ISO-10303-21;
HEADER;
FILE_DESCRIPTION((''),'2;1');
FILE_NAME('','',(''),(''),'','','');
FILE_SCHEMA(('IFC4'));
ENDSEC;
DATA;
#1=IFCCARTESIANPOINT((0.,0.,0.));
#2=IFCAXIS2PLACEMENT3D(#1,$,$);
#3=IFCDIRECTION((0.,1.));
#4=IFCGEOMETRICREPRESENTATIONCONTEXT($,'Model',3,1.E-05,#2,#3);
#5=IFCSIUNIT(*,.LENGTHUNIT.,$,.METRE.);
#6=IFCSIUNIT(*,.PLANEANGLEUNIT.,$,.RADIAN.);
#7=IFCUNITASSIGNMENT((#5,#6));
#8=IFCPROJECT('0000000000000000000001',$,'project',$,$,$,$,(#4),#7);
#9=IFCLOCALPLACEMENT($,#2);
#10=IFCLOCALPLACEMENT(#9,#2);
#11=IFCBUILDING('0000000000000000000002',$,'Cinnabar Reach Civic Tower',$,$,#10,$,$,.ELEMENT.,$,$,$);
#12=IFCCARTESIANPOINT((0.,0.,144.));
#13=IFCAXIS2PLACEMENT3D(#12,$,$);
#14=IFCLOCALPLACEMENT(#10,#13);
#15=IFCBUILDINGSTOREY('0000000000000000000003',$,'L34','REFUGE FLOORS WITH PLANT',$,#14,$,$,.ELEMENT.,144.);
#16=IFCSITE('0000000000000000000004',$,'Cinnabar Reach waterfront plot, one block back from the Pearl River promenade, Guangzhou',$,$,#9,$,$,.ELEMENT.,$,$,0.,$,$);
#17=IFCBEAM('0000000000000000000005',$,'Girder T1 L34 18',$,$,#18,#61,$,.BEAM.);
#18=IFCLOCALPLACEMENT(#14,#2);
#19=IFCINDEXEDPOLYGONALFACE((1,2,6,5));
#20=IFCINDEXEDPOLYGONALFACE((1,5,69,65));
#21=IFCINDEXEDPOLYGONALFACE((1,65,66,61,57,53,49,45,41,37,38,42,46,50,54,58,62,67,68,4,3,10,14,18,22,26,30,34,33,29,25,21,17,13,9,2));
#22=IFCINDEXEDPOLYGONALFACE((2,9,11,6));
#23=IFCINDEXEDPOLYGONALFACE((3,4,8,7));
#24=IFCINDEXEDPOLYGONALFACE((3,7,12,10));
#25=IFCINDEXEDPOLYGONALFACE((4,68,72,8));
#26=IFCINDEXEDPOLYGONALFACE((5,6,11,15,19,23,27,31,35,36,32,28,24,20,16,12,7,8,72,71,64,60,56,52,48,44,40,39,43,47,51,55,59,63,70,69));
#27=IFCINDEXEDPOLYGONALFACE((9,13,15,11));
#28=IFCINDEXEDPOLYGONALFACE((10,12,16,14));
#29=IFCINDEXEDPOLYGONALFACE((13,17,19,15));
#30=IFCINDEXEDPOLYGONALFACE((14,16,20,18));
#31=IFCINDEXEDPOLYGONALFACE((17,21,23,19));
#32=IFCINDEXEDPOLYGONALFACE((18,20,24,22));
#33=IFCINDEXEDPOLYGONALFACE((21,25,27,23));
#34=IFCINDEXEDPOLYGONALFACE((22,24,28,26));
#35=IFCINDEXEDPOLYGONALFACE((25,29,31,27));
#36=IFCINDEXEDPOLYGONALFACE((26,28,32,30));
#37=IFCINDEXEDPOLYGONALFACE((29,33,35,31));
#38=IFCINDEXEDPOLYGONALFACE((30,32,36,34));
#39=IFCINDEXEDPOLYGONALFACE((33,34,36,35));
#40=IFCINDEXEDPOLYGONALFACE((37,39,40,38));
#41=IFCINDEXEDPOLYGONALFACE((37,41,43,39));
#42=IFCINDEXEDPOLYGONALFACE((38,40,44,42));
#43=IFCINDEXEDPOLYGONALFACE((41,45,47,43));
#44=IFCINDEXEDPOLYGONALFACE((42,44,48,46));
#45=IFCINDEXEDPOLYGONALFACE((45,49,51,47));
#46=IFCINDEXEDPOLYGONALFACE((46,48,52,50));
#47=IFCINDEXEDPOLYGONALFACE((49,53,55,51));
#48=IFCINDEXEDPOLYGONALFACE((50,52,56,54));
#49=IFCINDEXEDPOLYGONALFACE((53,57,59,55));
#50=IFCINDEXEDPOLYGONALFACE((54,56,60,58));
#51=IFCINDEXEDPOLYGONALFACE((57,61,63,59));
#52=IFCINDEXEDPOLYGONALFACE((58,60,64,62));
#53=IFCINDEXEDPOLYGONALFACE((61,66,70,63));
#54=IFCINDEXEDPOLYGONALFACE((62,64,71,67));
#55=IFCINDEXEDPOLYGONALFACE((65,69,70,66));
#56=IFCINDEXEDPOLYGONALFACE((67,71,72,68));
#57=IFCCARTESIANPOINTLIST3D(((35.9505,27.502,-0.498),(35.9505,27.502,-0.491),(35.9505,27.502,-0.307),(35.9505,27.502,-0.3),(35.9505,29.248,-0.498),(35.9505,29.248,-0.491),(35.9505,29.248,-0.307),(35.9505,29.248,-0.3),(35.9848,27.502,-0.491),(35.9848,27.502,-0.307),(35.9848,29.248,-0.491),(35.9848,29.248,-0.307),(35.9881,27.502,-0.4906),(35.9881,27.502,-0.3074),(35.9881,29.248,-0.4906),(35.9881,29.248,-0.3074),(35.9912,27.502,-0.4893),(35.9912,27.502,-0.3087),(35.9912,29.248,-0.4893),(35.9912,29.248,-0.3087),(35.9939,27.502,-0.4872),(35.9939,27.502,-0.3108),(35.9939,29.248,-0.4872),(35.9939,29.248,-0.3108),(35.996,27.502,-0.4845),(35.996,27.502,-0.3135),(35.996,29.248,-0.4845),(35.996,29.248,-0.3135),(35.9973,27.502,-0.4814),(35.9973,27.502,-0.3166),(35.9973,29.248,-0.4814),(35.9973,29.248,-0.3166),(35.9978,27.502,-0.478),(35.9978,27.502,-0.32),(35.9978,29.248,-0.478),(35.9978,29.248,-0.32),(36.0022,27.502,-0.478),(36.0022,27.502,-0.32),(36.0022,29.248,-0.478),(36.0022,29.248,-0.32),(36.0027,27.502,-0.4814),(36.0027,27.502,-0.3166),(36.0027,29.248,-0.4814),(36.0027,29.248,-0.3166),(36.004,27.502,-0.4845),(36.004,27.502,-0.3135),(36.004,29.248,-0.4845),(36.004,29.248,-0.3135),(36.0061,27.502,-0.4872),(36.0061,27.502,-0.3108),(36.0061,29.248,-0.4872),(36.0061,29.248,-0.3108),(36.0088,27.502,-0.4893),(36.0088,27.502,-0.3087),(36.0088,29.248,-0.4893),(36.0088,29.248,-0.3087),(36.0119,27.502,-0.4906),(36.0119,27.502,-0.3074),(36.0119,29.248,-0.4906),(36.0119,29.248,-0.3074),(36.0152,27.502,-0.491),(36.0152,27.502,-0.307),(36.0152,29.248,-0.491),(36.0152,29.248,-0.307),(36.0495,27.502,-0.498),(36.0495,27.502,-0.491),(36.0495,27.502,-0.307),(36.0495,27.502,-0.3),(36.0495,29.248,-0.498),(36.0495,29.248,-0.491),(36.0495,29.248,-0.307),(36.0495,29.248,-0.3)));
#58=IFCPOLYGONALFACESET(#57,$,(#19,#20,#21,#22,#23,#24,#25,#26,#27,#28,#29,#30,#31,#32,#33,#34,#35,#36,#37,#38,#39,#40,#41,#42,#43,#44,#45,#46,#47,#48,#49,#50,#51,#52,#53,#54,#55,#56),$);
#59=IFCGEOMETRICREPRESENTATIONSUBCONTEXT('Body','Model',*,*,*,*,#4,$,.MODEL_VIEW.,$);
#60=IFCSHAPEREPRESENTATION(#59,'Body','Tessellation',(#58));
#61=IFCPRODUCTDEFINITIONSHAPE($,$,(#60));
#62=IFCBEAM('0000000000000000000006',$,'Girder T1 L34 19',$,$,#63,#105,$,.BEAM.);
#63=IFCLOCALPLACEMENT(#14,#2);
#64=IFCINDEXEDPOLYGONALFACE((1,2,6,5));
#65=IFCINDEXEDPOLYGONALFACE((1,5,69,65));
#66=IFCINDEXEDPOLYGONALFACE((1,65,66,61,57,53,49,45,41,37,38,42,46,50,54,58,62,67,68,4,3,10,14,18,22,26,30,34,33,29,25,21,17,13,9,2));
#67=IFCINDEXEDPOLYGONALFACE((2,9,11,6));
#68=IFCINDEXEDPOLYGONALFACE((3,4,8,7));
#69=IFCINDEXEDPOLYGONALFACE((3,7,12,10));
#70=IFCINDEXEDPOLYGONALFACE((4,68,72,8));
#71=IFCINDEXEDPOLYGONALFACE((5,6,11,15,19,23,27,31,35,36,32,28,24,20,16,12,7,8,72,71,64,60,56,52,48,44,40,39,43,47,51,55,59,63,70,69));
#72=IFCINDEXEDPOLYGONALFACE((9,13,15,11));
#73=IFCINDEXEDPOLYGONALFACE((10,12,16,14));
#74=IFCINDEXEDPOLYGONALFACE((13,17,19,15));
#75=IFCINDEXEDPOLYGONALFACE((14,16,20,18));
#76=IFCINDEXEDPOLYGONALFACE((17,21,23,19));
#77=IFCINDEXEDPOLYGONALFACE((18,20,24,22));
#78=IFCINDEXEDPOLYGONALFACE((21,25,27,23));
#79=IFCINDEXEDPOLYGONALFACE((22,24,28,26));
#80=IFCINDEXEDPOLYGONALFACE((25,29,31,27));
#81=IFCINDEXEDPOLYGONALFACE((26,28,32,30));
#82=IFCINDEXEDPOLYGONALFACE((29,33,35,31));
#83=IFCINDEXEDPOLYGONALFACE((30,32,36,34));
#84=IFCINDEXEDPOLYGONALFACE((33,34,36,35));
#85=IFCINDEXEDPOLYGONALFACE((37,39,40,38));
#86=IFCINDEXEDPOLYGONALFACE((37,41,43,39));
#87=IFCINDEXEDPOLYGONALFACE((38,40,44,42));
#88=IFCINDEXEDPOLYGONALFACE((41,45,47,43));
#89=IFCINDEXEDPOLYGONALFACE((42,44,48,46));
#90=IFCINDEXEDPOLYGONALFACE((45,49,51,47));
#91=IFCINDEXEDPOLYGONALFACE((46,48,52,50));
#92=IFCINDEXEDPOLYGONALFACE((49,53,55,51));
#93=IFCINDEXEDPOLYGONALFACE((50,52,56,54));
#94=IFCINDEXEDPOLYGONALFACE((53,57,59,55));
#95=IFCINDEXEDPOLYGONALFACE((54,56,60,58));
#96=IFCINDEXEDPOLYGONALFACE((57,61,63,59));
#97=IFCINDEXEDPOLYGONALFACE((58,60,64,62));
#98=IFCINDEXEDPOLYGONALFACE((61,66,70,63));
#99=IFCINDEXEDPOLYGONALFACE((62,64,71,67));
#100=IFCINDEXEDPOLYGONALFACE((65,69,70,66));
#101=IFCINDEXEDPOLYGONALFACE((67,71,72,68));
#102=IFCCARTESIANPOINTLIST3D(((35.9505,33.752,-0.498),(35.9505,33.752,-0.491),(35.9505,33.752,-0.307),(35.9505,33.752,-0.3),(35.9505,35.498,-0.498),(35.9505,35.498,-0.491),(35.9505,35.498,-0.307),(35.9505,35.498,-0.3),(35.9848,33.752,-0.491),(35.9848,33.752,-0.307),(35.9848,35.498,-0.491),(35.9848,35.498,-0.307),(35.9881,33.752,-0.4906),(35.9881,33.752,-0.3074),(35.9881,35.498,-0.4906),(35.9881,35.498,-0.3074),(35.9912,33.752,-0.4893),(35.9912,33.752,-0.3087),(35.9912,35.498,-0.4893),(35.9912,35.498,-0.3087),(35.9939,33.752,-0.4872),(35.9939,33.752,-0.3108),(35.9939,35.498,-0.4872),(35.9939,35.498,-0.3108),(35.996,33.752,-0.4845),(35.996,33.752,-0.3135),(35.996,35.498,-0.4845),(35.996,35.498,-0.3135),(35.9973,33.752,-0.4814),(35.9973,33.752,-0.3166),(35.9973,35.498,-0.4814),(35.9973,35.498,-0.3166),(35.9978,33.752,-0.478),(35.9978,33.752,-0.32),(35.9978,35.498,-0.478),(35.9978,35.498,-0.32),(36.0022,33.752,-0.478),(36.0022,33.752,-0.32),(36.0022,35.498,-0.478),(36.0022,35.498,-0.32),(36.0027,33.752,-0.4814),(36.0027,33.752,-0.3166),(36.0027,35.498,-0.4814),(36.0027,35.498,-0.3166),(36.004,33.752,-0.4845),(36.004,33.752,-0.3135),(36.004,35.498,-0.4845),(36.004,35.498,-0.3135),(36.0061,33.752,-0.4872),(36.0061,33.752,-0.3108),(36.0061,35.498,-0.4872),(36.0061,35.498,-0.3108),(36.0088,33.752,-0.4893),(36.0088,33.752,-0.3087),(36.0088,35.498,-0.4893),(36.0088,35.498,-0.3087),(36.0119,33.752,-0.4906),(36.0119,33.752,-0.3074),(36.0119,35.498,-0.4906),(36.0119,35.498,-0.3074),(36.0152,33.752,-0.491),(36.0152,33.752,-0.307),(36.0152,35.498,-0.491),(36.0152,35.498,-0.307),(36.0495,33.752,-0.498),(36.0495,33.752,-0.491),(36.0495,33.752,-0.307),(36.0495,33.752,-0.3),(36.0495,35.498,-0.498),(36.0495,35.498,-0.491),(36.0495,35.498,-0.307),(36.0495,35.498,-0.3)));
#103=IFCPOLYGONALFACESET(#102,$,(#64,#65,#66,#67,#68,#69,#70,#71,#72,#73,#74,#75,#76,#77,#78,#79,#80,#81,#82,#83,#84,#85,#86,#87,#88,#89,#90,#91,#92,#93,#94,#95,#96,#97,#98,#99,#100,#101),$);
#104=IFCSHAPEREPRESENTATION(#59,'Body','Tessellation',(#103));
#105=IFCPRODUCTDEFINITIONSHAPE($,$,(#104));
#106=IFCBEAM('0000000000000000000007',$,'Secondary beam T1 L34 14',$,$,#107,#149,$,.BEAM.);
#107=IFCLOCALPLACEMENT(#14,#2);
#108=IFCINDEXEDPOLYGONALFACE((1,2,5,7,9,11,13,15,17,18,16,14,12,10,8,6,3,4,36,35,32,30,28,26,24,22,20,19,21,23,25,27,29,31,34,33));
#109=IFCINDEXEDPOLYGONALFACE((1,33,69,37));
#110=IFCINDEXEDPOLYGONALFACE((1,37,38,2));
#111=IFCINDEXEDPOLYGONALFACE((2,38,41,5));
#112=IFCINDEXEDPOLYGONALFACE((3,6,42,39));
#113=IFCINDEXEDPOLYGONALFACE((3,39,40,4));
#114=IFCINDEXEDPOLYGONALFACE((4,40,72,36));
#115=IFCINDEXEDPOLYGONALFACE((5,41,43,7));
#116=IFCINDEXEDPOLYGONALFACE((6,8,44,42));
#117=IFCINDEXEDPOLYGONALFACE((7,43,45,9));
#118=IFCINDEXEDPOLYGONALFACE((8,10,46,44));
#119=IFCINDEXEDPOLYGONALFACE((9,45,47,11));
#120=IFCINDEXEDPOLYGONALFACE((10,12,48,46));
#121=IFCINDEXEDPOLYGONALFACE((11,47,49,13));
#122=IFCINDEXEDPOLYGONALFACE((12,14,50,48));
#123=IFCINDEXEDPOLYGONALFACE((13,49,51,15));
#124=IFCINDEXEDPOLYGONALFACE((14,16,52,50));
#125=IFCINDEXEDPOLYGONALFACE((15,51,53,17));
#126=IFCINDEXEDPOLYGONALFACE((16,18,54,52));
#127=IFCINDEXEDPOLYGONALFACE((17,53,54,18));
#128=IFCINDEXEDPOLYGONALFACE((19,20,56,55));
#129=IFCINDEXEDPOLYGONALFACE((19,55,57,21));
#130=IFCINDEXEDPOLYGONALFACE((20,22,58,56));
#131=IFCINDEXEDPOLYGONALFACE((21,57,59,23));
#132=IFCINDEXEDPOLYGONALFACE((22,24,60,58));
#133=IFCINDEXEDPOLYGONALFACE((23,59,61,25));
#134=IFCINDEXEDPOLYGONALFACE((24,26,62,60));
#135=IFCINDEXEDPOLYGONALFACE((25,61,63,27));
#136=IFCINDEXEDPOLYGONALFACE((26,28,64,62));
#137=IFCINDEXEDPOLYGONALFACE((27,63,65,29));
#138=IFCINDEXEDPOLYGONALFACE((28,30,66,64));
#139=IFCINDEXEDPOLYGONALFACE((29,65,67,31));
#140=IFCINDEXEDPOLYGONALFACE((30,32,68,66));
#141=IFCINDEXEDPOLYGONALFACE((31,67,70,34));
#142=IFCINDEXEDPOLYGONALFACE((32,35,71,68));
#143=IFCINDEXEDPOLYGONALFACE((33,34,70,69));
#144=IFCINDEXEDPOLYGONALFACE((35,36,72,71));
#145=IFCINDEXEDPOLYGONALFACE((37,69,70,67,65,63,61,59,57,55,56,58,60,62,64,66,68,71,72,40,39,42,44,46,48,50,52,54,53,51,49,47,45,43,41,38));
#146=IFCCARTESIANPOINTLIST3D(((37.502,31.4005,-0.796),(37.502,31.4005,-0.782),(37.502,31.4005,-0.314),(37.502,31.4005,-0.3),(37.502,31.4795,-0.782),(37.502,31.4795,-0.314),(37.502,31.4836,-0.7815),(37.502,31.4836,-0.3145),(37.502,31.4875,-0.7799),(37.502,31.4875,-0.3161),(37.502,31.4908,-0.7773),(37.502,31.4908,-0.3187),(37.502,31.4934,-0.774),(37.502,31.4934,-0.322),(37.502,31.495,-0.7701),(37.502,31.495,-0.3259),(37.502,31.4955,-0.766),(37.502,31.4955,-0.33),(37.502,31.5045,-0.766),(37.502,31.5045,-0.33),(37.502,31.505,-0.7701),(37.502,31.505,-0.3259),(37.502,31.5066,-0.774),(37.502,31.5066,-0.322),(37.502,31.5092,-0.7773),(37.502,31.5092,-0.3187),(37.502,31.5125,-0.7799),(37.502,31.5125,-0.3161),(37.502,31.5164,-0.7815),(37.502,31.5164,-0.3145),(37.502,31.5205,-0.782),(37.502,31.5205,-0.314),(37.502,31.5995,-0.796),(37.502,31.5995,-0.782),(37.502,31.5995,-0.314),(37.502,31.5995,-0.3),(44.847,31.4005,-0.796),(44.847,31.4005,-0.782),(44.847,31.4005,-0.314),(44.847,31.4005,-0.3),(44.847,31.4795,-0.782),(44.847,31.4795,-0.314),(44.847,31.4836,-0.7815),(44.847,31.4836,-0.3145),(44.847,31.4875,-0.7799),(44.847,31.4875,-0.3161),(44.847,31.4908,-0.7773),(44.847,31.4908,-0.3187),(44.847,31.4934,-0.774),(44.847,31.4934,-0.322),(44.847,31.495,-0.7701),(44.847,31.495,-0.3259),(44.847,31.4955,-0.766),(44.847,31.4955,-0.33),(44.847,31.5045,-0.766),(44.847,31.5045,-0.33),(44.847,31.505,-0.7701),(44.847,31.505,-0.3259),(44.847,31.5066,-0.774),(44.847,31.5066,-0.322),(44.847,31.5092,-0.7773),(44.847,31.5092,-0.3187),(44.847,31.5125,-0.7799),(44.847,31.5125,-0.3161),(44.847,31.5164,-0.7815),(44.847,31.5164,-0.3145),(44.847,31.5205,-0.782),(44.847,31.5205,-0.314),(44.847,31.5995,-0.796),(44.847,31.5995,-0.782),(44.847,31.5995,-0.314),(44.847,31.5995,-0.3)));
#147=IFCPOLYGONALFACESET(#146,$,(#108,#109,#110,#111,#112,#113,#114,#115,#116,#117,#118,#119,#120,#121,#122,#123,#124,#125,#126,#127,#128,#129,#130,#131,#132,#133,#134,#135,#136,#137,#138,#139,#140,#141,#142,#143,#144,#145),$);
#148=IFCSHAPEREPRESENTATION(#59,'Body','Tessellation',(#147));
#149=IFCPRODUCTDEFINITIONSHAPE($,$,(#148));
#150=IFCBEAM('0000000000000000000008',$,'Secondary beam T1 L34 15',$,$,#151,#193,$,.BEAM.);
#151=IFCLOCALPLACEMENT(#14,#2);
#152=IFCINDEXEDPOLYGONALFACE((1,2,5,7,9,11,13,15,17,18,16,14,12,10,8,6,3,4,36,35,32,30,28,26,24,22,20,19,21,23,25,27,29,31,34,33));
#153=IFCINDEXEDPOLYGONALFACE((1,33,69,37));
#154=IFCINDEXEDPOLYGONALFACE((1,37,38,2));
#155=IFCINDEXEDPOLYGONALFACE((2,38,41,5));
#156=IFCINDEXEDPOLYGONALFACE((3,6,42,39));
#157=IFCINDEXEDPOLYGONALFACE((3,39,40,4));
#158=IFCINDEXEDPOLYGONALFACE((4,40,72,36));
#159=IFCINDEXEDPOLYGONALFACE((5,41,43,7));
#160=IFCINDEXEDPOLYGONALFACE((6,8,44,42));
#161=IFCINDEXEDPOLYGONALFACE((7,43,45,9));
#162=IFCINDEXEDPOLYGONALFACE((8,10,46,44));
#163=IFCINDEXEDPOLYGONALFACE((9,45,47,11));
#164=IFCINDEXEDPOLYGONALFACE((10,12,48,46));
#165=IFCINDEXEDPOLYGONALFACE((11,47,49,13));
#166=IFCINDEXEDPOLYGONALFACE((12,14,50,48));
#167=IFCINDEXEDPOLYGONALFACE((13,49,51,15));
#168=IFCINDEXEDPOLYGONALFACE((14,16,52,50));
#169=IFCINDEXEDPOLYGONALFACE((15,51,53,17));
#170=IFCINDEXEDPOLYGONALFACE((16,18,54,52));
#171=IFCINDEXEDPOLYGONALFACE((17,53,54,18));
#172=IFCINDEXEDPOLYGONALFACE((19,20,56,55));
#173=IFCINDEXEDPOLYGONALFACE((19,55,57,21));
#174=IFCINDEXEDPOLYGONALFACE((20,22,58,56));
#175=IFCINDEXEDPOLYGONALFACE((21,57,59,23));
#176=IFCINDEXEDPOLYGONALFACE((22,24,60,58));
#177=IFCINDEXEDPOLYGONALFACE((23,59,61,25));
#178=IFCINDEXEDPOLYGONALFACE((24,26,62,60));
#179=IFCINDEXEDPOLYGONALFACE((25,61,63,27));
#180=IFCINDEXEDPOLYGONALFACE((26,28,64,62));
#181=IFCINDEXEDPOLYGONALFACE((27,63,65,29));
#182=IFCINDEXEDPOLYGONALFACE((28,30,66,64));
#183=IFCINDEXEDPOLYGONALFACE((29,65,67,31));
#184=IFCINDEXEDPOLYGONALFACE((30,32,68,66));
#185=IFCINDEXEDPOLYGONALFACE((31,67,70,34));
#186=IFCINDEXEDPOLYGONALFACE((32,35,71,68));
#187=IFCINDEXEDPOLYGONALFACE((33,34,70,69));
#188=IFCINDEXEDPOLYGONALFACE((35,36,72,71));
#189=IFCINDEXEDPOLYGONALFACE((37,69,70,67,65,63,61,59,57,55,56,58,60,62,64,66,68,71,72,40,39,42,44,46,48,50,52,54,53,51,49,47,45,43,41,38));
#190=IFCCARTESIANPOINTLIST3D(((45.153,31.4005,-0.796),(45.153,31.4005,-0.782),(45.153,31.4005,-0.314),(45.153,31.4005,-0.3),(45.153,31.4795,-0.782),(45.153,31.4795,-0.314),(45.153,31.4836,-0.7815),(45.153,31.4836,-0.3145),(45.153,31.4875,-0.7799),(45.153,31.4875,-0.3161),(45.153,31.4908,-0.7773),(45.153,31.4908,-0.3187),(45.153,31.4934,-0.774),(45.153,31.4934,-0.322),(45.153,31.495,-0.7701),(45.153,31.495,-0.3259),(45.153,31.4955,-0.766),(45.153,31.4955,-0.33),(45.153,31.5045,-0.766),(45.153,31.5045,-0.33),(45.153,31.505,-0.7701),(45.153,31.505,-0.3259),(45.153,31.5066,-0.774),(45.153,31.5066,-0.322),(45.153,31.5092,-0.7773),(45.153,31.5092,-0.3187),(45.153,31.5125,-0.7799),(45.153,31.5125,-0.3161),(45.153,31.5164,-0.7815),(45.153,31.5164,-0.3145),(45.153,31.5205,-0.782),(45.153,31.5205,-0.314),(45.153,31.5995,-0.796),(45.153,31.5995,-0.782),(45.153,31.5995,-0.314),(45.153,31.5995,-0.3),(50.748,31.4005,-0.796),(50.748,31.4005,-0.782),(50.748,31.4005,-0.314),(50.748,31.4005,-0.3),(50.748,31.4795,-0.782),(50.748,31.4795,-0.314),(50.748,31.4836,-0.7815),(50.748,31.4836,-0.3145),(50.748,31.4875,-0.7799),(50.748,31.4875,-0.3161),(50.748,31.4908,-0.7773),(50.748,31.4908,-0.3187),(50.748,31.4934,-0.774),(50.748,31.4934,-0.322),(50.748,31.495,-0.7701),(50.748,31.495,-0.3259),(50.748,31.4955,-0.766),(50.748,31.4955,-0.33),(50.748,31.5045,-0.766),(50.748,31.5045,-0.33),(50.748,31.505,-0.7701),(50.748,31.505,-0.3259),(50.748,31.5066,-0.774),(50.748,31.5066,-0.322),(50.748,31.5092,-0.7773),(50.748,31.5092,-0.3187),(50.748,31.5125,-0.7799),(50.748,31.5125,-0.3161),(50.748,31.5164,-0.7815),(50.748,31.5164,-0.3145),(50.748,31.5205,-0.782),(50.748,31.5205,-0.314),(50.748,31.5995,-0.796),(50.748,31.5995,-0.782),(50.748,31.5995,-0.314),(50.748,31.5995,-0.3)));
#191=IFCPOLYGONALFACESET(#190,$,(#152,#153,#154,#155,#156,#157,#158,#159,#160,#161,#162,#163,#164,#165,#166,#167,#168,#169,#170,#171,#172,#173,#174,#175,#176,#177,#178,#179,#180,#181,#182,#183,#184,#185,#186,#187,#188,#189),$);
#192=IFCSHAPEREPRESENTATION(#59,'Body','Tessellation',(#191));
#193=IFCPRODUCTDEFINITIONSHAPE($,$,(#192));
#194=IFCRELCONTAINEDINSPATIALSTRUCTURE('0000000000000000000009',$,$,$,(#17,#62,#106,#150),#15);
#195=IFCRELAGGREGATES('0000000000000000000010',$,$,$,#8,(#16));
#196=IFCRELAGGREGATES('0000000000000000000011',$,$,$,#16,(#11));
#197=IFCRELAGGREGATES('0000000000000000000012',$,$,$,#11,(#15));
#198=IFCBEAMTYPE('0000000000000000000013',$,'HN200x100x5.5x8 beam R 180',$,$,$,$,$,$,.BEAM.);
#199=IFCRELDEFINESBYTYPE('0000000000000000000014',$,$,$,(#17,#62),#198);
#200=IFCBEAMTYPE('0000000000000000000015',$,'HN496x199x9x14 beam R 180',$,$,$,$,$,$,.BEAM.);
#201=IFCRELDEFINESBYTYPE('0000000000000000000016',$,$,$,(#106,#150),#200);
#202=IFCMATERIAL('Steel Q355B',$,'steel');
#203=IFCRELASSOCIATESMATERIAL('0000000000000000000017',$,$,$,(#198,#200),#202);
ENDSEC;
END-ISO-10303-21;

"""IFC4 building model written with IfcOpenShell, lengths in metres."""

from ifc_helpers import new_model, si_unit, direction, frame, origin, origin_2d, place, context, subcontext, project, spatial, i_section, extrude, material, material_profile, profile_set, type_object, element, save


model = new_model("IFC4")

# Units and contexts
model_context = context("Model", 3, precision=1e-05, world=origin(), true_north=direction((0.0, 1.0)))
body_context = subcontext(model_context, "Body", "Model", "MODEL_VIEW")
ifc_project = project(units=[si_unit("LENGTHUNIT", "METRE"), si_unit("PLANEANGLEUNIT", "RADIAN")], contexts=[model_context])

# Site, building, storey
site_placement = place(None, origin())
site = spatial("IfcSite", under=ifc_project, at=site_placement, Name="Cinnabar Reach waterfront plot, one block back from the Pearl River promenade, Guangzhou", CompositionType="ELEMENT", RefElevation=0.0)
building_placement = place(site_placement, origin())
building = spatial("IfcBuilding", under=site, at=building_placement, Name="Cinnabar Reach Civic Tower", CompositionType="ELEMENT")
storey_placement = place(building_placement, frame((0.0, 0.0, 144.0)))
storey = spatial("IfcBuildingStorey", under=building, at=storey_placement, Name="L34", Description="REFUGE FLOORS WITH PLANT", CompositionType="ELEMENT", Elevation=144.0)

# Beams
ifc_material_1 = material(Name="Steel Q355B", Category="steel")
ifc_material_profile_1 = material_profile(ifc_material_1, i_section(OverallWidth=0.099, OverallDepth=0.198, WebThickness=0.0045, FlangeThickness=0.007, FilletRadius=0.013, at=origin_2d()), Name="HN200x100x5.5x8")
ifc_profile_set_1 = profile_set([ifc_material_profile_1], Name="Steel Q355B")
beam_type_1 = type_object("IfcBeamType", Name="HN200x100x5.5x8 beam R 180", PredefinedType="BEAM", material=ifc_profile_set_1)
for number, where, z_axis, x_axis, name in (
    (1, (36.0, 27.502, -0.399), (0.0, 1.0, 0.0), (-1.0, 0.0, 0.0), "Girder T1 L34 18"),
    (2, (36.0, 33.752, -0.399), (0.0, 1.0, 0.0), (-1.0, 0.0, 0.0), "Girder T1 L34 19"),
):
    element("IfcBeam", number, at=place(storey_placement, frame(where, z_axis=z_axis, x_axis=x_axis)), inside=storey, type_object=beam_type_1, Name=name, PredefinedType="BEAM", context=body_context, shape_type="SweptSolid", body=[
        extrude(i_section(OverallWidth=0.099, OverallDepth=0.198, WebThickness=0.0045, FlangeThickness=0.007, FilletRadius=0.013, at=origin_2d()), origin(), (0.0, 0.0, 1.0), 1.746),
    ])
ifc_material_profile_2 = material_profile(ifc_material_1, i_section(OverallWidth=0.199, OverallDepth=0.496, WebThickness=0.009, FlangeThickness=0.014, FilletRadius=0.016, at=origin_2d()), Name="HN496x199x9x14")
ifc_profile_set_2 = profile_set([ifc_material_profile_2], Name="Steel Q355B")
beam_type_2 = type_object("IfcBeamType", Name="HN496x199x9x14 beam R 180", PredefinedType="BEAM", material=ifc_profile_set_2)
beam_1_placement = place(storey_placement, frame((37.502, 31.5, -0.548), z_axis=(1.0, 0.0, 0.0), x_axis=(0.0, 1.0, 0.0)))
element("IfcBeam", 3, at=beam_1_placement, inside=storey, type_object=beam_type_2, Name="Secondary beam T1 L34 14", PredefinedType="BEAM", context=body_context, shape_type="SweptSolid", body=[
    extrude(i_section(OverallWidth=0.199, OverallDepth=0.496, WebThickness=0.009, FlangeThickness=0.014, FilletRadius=0.016, at=origin_2d()), origin(), (0.0, 0.0, 1.0), 7.345),
])
beam_2_placement = place(storey_placement, frame((45.153, 31.5, -0.548), z_axis=(1.0, 0.0, 0.0), x_axis=(0.0, 1.0, 0.0)))
element("IfcBeam", 4, at=beam_2_placement, inside=storey, type_object=beam_type_2, Name="Secondary beam T1 L34 15", PredefinedType="BEAM", context=body_context, shape_type="SweptSolid", body=[
    extrude(i_section(OverallWidth=0.199, OverallDepth=0.496, WebThickness=0.009, FlangeThickness=0.014, FilletRadius=0.016, at=origin_2d()), origin(), (0.0, 0.0, 1.0), 5.595),
])

save(model, "model.ifc")
